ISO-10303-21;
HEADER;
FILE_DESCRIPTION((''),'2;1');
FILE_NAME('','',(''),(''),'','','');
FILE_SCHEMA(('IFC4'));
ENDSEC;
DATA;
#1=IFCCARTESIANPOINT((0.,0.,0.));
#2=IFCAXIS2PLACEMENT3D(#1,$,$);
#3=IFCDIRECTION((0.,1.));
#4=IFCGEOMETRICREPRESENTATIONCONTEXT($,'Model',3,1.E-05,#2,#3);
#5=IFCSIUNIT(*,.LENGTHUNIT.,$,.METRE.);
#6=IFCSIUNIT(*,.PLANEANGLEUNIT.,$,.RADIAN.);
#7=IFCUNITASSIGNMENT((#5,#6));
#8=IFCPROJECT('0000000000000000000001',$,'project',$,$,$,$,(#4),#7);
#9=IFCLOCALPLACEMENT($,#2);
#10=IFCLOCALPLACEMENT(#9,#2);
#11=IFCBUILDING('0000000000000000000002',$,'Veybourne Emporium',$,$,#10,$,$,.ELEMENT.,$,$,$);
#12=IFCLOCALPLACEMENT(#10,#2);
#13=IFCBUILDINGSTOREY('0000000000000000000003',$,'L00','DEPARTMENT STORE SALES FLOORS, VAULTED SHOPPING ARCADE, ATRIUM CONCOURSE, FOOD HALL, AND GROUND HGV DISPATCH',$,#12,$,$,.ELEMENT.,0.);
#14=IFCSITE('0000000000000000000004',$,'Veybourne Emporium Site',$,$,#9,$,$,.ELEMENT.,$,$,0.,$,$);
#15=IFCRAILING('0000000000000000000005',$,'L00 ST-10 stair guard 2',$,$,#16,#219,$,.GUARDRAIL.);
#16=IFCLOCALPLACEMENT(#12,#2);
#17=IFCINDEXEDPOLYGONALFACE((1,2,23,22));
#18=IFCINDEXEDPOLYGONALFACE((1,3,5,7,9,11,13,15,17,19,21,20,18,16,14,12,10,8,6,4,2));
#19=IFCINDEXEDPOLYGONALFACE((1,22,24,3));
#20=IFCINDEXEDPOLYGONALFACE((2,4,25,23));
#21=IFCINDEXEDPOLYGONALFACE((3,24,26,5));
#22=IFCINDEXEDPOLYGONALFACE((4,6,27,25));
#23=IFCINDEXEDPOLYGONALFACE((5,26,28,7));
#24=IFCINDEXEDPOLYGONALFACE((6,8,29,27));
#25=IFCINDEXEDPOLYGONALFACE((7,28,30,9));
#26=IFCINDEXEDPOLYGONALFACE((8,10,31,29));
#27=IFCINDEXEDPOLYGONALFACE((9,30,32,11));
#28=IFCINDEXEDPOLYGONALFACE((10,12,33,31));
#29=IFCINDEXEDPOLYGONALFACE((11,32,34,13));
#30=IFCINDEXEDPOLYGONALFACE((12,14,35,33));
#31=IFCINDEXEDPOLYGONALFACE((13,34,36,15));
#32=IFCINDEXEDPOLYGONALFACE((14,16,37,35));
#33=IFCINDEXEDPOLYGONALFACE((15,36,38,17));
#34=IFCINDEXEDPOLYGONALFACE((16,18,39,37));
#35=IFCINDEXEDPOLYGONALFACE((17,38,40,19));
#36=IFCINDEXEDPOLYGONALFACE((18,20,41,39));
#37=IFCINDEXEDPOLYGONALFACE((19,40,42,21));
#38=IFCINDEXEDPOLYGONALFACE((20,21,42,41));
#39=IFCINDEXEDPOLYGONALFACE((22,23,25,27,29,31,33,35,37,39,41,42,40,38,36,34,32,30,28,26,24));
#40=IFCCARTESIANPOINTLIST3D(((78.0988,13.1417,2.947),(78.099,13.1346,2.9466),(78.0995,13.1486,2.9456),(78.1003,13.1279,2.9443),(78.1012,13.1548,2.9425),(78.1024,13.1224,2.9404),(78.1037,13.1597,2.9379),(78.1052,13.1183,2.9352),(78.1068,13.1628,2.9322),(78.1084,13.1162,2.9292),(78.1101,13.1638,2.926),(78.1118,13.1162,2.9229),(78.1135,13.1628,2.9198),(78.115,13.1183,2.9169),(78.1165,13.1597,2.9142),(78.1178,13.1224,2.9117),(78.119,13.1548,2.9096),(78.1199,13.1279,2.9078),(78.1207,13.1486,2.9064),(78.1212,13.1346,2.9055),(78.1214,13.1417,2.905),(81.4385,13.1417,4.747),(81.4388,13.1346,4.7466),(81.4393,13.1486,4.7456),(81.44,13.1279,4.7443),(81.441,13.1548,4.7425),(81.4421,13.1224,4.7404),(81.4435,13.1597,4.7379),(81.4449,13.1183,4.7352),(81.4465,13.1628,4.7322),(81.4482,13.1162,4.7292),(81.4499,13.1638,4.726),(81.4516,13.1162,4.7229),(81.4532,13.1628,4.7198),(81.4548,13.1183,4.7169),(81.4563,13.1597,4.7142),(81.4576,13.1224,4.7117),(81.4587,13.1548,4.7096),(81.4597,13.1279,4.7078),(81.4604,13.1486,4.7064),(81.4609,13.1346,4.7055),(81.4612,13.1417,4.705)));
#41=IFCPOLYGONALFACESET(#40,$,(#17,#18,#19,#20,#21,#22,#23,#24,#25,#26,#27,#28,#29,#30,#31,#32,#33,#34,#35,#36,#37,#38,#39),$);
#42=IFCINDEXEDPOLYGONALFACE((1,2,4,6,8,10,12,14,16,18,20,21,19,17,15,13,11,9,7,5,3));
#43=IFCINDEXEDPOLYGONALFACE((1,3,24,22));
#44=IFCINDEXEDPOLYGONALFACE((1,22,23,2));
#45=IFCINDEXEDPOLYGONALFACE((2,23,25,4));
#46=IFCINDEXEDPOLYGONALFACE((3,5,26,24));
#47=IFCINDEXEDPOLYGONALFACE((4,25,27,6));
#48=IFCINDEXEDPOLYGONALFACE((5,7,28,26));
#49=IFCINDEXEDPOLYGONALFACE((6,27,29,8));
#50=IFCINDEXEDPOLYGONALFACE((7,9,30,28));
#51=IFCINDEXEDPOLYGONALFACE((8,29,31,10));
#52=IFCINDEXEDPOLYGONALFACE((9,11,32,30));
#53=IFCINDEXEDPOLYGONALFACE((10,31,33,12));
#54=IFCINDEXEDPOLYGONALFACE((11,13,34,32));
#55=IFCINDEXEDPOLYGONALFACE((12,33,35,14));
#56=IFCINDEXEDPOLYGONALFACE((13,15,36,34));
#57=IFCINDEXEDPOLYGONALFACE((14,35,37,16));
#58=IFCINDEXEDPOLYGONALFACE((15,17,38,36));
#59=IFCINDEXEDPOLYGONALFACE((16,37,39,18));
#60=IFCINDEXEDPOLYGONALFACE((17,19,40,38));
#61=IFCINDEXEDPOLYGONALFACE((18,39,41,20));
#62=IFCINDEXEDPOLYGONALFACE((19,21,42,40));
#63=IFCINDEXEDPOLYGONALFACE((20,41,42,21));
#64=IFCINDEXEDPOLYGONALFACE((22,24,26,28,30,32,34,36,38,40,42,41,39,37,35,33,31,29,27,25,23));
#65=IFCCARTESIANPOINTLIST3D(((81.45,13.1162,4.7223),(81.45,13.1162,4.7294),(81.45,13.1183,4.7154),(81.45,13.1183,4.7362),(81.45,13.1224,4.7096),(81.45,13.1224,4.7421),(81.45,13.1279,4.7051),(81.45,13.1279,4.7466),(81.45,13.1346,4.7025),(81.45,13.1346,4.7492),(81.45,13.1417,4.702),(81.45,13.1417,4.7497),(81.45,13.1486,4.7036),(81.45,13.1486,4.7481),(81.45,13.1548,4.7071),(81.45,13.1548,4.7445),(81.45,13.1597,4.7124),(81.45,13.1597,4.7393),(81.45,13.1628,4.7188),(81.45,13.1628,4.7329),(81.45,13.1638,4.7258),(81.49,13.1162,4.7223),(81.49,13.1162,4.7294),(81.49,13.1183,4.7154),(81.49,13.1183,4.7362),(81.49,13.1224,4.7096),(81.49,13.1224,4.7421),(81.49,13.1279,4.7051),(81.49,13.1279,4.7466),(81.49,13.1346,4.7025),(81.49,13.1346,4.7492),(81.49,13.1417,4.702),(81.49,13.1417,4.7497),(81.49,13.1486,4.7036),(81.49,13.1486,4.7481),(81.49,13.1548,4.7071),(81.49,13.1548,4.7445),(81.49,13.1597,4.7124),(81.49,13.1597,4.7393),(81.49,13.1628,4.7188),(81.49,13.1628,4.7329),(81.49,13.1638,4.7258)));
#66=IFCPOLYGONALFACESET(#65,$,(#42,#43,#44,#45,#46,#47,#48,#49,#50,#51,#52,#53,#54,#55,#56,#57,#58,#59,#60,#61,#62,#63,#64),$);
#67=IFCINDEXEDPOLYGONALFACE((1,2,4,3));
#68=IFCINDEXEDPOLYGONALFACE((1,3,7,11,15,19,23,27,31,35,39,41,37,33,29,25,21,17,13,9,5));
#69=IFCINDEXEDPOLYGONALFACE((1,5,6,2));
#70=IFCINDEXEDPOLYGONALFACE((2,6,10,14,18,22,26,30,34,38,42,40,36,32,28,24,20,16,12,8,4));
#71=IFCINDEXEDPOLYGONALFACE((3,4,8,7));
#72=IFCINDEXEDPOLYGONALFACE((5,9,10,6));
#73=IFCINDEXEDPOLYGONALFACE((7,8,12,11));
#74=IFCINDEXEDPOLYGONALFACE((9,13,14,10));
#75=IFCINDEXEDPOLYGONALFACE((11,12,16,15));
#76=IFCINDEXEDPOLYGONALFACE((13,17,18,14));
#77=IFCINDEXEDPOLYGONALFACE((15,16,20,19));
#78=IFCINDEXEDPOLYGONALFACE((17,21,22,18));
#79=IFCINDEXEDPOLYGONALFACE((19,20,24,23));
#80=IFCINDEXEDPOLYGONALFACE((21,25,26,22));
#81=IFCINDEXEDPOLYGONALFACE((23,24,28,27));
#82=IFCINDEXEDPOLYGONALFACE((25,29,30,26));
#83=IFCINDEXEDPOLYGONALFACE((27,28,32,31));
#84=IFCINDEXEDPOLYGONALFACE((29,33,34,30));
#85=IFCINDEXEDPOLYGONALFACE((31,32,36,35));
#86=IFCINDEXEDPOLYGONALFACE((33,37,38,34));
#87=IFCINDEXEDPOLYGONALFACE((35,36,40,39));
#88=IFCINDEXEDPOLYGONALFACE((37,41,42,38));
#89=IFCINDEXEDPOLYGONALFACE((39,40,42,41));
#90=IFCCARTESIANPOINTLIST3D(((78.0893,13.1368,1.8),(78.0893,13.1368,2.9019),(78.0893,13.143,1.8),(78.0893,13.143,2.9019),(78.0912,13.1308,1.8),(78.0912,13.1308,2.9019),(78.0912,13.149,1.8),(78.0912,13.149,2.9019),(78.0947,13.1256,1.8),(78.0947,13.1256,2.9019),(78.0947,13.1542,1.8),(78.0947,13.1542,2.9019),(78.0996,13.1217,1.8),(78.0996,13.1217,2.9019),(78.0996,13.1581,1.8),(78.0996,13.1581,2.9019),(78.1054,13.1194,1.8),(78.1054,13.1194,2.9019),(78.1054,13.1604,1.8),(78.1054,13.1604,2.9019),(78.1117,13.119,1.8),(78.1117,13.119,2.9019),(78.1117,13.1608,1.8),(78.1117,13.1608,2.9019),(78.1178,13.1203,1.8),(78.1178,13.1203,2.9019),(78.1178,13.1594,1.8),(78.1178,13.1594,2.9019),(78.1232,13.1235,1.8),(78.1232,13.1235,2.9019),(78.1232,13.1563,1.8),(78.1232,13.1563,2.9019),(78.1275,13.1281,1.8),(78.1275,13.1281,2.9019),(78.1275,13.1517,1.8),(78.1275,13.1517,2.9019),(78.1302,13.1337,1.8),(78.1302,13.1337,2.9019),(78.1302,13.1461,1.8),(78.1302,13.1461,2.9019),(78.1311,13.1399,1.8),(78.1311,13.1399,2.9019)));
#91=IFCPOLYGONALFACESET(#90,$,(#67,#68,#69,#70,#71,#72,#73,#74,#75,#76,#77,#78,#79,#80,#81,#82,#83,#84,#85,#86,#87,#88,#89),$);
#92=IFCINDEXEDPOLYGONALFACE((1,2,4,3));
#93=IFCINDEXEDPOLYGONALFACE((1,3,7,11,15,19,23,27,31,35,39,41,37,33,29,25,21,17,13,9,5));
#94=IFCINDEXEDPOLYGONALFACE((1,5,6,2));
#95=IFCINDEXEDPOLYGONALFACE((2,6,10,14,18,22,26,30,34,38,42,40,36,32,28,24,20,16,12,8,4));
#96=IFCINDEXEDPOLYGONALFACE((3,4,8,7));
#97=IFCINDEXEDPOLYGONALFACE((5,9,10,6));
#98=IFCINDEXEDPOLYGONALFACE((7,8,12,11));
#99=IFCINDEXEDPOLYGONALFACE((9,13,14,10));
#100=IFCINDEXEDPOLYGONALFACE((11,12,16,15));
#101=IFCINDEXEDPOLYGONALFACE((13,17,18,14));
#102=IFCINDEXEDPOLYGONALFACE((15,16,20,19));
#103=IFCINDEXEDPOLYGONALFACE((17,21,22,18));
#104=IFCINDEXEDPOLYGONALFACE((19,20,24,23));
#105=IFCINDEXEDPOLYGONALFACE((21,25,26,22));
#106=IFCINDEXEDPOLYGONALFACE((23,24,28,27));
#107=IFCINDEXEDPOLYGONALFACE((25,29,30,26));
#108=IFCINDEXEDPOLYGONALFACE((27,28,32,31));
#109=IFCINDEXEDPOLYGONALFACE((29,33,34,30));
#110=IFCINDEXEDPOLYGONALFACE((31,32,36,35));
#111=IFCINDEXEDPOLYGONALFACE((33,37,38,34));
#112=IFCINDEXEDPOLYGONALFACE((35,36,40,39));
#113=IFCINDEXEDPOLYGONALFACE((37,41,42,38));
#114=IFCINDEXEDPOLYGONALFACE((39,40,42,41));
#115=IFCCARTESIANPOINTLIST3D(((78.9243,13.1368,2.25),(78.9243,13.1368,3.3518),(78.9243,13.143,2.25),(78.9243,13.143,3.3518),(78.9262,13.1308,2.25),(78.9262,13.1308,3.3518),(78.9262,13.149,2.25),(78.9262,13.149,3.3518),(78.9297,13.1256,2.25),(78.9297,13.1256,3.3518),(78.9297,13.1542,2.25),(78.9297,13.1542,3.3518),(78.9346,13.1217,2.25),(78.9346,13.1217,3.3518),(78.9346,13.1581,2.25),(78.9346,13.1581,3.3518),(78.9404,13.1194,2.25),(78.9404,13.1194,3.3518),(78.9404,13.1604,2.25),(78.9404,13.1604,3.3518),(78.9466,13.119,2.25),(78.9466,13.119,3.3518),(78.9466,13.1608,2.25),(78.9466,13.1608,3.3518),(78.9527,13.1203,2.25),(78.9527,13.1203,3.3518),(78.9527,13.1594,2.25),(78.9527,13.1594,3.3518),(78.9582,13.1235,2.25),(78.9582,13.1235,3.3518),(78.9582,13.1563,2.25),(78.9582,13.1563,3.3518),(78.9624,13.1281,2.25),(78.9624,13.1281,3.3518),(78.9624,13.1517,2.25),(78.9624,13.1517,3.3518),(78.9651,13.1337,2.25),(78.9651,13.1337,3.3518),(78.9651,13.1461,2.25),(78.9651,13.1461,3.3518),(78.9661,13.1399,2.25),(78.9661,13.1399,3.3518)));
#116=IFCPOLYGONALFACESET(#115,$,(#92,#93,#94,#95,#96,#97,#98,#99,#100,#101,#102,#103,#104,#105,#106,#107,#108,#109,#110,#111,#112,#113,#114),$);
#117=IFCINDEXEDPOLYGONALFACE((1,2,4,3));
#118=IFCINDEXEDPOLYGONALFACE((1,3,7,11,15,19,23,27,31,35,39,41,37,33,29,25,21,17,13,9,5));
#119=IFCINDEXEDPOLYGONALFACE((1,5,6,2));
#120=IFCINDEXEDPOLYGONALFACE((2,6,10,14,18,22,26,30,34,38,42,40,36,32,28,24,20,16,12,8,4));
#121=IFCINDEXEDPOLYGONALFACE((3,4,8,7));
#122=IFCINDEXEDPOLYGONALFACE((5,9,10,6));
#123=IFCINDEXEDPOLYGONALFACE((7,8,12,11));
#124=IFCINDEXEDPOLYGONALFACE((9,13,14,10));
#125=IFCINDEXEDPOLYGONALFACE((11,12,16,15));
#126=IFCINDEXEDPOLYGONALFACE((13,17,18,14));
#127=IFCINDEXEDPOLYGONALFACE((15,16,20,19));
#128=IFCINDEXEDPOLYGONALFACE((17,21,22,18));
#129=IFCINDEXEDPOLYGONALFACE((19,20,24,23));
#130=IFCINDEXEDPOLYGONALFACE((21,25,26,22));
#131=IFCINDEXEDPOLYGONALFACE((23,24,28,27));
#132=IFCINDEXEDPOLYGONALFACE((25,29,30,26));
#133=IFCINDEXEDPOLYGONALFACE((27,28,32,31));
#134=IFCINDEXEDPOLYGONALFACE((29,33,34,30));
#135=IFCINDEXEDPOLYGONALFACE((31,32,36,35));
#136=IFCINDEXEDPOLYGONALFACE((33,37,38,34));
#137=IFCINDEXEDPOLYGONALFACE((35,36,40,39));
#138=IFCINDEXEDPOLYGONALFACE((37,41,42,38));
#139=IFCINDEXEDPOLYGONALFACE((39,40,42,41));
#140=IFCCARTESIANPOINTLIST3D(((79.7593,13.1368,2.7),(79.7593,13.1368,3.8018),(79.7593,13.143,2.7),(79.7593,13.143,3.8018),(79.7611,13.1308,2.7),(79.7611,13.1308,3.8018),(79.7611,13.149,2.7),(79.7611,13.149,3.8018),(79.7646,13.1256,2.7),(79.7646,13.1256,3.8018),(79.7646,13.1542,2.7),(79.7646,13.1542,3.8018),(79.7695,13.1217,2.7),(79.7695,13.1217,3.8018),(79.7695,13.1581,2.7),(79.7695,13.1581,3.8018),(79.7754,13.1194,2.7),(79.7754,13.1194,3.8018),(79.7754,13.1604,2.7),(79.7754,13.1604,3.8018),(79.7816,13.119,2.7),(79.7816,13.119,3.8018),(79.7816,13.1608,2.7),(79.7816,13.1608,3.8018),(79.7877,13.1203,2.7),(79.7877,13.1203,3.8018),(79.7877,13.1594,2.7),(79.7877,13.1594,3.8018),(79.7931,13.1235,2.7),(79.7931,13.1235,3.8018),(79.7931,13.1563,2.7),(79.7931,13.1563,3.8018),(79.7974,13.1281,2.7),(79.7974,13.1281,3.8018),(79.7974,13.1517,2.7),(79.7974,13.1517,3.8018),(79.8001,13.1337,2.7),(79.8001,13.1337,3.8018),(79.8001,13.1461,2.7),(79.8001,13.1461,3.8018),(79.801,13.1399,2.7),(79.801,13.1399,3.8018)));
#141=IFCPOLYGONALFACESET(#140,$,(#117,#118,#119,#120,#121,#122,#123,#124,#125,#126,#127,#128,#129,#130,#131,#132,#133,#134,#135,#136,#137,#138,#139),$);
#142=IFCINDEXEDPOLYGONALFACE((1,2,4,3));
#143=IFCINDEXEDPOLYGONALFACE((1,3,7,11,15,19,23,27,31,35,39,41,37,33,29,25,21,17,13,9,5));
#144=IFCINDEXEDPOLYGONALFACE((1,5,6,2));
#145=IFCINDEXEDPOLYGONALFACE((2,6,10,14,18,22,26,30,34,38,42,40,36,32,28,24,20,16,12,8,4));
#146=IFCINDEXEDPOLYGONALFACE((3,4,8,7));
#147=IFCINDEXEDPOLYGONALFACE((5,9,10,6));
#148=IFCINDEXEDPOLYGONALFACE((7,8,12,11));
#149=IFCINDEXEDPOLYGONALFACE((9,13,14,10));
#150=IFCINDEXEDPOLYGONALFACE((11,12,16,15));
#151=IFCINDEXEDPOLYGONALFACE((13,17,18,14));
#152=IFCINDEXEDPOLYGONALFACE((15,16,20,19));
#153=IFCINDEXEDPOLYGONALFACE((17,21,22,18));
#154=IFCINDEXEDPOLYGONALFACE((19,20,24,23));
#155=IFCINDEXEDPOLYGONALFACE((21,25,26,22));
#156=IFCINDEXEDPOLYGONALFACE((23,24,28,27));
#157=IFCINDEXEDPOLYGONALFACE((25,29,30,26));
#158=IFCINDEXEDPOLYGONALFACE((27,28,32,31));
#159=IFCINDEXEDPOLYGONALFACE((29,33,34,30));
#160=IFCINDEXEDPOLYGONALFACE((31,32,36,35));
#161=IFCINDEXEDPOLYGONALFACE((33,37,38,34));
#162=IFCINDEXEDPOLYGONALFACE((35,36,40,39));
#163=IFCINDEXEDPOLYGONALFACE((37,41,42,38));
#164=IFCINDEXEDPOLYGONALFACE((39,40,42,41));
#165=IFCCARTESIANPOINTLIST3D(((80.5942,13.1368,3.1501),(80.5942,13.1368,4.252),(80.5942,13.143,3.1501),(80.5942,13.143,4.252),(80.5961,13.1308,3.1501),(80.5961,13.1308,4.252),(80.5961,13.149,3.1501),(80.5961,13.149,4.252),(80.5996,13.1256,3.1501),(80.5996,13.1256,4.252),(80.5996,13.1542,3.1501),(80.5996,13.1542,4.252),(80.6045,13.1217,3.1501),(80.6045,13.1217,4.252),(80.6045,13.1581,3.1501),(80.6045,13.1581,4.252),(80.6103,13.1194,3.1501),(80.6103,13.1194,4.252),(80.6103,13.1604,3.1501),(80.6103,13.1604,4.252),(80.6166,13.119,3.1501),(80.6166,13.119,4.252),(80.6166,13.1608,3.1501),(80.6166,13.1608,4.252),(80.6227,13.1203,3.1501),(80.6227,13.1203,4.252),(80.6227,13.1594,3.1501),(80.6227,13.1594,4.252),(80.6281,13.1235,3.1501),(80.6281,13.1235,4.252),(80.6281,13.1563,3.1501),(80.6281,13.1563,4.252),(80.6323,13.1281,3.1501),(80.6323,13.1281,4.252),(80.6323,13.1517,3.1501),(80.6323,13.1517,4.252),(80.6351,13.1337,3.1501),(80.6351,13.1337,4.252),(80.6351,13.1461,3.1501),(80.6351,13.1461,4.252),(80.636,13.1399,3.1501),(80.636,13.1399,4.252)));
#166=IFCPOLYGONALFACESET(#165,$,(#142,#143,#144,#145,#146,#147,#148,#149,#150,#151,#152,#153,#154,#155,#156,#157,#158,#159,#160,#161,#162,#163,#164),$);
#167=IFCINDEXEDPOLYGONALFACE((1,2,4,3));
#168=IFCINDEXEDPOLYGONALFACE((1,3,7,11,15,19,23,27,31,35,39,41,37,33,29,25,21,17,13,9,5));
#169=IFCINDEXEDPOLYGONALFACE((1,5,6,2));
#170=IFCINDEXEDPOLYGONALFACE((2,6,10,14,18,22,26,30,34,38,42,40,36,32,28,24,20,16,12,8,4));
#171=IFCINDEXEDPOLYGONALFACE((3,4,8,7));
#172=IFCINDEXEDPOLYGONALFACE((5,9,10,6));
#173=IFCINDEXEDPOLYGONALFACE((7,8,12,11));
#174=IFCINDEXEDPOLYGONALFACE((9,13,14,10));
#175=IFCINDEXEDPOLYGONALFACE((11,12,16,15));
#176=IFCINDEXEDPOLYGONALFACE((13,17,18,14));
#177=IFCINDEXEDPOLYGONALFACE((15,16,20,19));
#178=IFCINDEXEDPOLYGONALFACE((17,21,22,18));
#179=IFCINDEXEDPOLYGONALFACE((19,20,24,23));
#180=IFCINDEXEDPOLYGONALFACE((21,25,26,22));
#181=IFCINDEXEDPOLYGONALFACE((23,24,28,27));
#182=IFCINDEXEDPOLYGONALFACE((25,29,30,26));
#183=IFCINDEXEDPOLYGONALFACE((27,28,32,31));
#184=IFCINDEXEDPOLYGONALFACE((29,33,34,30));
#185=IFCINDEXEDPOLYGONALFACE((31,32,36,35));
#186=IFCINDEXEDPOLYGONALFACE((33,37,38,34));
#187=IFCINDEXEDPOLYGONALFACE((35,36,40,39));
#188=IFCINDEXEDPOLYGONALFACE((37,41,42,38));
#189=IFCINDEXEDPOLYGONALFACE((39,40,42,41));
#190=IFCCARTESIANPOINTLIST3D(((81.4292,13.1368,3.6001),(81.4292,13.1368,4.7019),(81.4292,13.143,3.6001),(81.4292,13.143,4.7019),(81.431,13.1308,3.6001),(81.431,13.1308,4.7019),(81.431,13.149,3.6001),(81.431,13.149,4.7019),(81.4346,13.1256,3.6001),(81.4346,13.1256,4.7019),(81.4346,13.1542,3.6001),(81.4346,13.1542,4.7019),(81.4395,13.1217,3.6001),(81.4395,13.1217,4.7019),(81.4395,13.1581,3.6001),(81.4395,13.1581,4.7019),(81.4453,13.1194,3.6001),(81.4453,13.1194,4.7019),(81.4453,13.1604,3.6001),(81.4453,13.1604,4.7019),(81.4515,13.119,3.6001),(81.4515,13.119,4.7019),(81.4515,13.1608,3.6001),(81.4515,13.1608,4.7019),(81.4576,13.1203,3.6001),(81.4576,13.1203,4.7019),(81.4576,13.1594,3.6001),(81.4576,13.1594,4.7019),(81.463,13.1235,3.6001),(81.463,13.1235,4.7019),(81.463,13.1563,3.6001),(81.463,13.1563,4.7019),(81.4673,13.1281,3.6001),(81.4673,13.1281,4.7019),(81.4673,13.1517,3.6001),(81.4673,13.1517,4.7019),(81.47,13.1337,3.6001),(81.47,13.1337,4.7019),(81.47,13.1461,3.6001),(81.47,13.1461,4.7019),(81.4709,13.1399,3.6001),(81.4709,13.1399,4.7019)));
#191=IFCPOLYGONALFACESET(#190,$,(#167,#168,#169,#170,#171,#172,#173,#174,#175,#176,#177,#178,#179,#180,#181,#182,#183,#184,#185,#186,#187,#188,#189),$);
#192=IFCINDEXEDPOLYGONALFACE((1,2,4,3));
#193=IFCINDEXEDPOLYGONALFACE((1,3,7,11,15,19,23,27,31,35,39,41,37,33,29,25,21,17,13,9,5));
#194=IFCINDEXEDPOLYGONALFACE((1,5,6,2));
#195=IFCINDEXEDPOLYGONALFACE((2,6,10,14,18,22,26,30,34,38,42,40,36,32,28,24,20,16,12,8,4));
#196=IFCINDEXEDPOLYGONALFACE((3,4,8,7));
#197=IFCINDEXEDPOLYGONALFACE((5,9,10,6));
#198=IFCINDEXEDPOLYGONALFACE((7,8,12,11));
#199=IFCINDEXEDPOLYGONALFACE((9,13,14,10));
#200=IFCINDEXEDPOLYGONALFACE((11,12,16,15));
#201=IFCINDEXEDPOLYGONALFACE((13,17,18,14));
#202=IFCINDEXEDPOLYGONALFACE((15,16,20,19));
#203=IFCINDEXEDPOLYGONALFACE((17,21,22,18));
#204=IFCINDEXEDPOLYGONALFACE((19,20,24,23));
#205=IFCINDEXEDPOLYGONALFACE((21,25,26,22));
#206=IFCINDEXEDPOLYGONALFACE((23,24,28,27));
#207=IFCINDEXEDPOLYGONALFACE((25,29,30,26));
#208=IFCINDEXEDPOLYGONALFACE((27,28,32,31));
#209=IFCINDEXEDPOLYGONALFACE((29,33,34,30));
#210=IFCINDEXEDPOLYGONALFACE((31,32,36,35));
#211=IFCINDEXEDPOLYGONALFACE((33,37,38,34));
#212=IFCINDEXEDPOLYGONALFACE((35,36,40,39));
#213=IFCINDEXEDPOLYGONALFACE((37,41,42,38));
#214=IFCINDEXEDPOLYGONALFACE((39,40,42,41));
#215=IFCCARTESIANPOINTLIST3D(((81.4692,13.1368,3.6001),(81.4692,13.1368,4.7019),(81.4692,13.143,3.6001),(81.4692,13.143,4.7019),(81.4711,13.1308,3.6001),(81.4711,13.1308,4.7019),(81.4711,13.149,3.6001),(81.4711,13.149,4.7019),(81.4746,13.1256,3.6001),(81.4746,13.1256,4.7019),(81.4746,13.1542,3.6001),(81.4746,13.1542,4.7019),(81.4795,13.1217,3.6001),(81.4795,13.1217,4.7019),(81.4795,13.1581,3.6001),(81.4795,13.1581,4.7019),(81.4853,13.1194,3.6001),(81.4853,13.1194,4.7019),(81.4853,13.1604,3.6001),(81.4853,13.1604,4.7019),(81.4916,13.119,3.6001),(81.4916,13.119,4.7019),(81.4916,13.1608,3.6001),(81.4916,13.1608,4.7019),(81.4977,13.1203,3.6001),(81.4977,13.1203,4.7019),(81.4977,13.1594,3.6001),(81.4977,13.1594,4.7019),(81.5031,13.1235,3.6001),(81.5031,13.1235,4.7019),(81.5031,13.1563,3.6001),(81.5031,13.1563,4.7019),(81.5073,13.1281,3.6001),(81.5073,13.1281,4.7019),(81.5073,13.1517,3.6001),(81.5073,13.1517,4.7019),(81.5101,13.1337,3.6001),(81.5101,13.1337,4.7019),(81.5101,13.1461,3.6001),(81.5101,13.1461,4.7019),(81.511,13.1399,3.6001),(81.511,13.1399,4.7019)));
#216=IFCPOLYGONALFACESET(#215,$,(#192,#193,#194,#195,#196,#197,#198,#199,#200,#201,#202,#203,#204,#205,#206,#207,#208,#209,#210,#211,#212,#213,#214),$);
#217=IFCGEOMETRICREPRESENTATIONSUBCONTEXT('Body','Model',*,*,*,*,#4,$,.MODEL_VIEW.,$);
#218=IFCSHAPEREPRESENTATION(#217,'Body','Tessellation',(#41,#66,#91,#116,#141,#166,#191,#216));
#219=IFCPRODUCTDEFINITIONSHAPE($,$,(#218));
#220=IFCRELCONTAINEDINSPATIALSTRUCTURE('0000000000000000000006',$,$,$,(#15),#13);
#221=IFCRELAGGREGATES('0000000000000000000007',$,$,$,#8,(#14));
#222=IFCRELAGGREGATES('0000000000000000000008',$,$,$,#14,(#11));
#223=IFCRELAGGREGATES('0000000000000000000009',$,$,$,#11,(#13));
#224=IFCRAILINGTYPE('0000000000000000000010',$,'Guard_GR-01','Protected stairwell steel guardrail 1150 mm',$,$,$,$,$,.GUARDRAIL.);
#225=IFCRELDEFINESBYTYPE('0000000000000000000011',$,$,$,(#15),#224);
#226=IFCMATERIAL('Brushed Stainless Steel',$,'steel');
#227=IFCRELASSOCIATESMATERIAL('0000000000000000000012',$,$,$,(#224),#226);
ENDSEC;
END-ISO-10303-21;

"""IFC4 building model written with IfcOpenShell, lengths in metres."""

from ifc_helpers import new_model, si_unit, direction, frame, origin, origin_2d, place, context, subcontext, project, spatial, circle, extrude, material, type_object, element, save


model = new_model("IFC4")

# Units and contexts
model_context = context("Model", 3, precision=1e-05, world=origin(), true_north=direction((0.0, 1.0)))
body_context = subcontext(model_context, "Body", "Model", "MODEL_VIEW")
ifc_project = project(units=[si_unit("LENGTHUNIT", "METRE"), si_unit("PLANEANGLEUNIT", "RADIAN")], contexts=[model_context])

# Site, building, storey
site_placement = place(None, origin())
site = spatial("IfcSite", under=ifc_project, at=site_placement, Name="Veybourne Emporium Site", CompositionType="ELEMENT", RefElevation=0.0)
building_placement = place(site_placement, origin())
building = spatial("IfcBuilding", under=site, at=building_placement, Name="Veybourne Emporium", CompositionType="ELEMENT")
storey_placement = place(building_placement, origin())
storey = spatial("IfcBuildingStorey", under=building, at=storey_placement, Name="L00", Description="DEPARTMENT STORE SALES FLOORS, VAULTED SHOPPING ARCADE, ATRIUM CONCOURSE, FOOD HALL, AND GROUND HGV DISPATCH", CompositionType="ELEMENT", Elevation=0.0)

# Railing
ifc_material_1 = material(Name="Brushed Stainless Steel", Category="steel")
railing_type_1 = type_object("IfcRailingType", Name="Guard_GR-01", Description="Protected stairwell steel guardrail 1150 mm", PredefinedType="GUARDRAIL", material=ifc_material_1)
railing_1_placement = place(storey_placement, frame((78.1101, 13.1399, 1.8)))
element("IfcRailing", 1, at=railing_1_placement, inside=storey, type_object=railing_type_1, Name="L00 ST-10 stair guard 2", PredefinedType="GUARDRAIL", context=body_context, shape_type="SweptSolid", body=[
    extrude(circle(Radius=0.0239, at=origin_2d()), frame((0.0, 0.0, 1.126), z_axis=(0.880287, 0.0, 0.474441), x_axis=(0.0, 1.0, 0.0)), (0.0, 0.0, 1.0), 3.7939),
    extrude(circle(Radius=0.0239, at=origin_2d()), frame((3.3398, 0.0, 2.9258), z_axis=(1.0, 0.0, 0.0), x_axis=(0.0, 1.0, 0.0)), (0.0, 0.0, 1.0), 0.04),
    extrude(circle(Radius=0.021, at=origin_2d()), origin(), (0.0, 0.0, 1.0), 1.1018),
    extrude(circle(Radius=0.021, at=origin_2d()), frame((0.835, 0.0, 0.45)), (0.0, 0.0, 1.0), 1.1018),
    extrude(circle(Radius=0.021, at=origin_2d()), frame((1.6699, 0.0, 0.8999)), (0.0, 0.0, 1.0), 1.1018),
    extrude(circle(Radius=0.021, at=origin_2d()), frame((2.5049, 0.0, 1.3501)), (0.0, 0.0, 1.0), 1.1018),
    extrude(circle(Radius=0.021, at=origin_2d()), frame((3.3398, 0.0, 1.8)), (0.0, 0.0, 1.0), 1.1018),
    extrude(circle(Radius=0.021, at=origin_2d()), frame((3.3799, 0.0, 1.8)), (0.0, 0.0, 1.0), 1.1018),
])

save(model, "model.ifc")
